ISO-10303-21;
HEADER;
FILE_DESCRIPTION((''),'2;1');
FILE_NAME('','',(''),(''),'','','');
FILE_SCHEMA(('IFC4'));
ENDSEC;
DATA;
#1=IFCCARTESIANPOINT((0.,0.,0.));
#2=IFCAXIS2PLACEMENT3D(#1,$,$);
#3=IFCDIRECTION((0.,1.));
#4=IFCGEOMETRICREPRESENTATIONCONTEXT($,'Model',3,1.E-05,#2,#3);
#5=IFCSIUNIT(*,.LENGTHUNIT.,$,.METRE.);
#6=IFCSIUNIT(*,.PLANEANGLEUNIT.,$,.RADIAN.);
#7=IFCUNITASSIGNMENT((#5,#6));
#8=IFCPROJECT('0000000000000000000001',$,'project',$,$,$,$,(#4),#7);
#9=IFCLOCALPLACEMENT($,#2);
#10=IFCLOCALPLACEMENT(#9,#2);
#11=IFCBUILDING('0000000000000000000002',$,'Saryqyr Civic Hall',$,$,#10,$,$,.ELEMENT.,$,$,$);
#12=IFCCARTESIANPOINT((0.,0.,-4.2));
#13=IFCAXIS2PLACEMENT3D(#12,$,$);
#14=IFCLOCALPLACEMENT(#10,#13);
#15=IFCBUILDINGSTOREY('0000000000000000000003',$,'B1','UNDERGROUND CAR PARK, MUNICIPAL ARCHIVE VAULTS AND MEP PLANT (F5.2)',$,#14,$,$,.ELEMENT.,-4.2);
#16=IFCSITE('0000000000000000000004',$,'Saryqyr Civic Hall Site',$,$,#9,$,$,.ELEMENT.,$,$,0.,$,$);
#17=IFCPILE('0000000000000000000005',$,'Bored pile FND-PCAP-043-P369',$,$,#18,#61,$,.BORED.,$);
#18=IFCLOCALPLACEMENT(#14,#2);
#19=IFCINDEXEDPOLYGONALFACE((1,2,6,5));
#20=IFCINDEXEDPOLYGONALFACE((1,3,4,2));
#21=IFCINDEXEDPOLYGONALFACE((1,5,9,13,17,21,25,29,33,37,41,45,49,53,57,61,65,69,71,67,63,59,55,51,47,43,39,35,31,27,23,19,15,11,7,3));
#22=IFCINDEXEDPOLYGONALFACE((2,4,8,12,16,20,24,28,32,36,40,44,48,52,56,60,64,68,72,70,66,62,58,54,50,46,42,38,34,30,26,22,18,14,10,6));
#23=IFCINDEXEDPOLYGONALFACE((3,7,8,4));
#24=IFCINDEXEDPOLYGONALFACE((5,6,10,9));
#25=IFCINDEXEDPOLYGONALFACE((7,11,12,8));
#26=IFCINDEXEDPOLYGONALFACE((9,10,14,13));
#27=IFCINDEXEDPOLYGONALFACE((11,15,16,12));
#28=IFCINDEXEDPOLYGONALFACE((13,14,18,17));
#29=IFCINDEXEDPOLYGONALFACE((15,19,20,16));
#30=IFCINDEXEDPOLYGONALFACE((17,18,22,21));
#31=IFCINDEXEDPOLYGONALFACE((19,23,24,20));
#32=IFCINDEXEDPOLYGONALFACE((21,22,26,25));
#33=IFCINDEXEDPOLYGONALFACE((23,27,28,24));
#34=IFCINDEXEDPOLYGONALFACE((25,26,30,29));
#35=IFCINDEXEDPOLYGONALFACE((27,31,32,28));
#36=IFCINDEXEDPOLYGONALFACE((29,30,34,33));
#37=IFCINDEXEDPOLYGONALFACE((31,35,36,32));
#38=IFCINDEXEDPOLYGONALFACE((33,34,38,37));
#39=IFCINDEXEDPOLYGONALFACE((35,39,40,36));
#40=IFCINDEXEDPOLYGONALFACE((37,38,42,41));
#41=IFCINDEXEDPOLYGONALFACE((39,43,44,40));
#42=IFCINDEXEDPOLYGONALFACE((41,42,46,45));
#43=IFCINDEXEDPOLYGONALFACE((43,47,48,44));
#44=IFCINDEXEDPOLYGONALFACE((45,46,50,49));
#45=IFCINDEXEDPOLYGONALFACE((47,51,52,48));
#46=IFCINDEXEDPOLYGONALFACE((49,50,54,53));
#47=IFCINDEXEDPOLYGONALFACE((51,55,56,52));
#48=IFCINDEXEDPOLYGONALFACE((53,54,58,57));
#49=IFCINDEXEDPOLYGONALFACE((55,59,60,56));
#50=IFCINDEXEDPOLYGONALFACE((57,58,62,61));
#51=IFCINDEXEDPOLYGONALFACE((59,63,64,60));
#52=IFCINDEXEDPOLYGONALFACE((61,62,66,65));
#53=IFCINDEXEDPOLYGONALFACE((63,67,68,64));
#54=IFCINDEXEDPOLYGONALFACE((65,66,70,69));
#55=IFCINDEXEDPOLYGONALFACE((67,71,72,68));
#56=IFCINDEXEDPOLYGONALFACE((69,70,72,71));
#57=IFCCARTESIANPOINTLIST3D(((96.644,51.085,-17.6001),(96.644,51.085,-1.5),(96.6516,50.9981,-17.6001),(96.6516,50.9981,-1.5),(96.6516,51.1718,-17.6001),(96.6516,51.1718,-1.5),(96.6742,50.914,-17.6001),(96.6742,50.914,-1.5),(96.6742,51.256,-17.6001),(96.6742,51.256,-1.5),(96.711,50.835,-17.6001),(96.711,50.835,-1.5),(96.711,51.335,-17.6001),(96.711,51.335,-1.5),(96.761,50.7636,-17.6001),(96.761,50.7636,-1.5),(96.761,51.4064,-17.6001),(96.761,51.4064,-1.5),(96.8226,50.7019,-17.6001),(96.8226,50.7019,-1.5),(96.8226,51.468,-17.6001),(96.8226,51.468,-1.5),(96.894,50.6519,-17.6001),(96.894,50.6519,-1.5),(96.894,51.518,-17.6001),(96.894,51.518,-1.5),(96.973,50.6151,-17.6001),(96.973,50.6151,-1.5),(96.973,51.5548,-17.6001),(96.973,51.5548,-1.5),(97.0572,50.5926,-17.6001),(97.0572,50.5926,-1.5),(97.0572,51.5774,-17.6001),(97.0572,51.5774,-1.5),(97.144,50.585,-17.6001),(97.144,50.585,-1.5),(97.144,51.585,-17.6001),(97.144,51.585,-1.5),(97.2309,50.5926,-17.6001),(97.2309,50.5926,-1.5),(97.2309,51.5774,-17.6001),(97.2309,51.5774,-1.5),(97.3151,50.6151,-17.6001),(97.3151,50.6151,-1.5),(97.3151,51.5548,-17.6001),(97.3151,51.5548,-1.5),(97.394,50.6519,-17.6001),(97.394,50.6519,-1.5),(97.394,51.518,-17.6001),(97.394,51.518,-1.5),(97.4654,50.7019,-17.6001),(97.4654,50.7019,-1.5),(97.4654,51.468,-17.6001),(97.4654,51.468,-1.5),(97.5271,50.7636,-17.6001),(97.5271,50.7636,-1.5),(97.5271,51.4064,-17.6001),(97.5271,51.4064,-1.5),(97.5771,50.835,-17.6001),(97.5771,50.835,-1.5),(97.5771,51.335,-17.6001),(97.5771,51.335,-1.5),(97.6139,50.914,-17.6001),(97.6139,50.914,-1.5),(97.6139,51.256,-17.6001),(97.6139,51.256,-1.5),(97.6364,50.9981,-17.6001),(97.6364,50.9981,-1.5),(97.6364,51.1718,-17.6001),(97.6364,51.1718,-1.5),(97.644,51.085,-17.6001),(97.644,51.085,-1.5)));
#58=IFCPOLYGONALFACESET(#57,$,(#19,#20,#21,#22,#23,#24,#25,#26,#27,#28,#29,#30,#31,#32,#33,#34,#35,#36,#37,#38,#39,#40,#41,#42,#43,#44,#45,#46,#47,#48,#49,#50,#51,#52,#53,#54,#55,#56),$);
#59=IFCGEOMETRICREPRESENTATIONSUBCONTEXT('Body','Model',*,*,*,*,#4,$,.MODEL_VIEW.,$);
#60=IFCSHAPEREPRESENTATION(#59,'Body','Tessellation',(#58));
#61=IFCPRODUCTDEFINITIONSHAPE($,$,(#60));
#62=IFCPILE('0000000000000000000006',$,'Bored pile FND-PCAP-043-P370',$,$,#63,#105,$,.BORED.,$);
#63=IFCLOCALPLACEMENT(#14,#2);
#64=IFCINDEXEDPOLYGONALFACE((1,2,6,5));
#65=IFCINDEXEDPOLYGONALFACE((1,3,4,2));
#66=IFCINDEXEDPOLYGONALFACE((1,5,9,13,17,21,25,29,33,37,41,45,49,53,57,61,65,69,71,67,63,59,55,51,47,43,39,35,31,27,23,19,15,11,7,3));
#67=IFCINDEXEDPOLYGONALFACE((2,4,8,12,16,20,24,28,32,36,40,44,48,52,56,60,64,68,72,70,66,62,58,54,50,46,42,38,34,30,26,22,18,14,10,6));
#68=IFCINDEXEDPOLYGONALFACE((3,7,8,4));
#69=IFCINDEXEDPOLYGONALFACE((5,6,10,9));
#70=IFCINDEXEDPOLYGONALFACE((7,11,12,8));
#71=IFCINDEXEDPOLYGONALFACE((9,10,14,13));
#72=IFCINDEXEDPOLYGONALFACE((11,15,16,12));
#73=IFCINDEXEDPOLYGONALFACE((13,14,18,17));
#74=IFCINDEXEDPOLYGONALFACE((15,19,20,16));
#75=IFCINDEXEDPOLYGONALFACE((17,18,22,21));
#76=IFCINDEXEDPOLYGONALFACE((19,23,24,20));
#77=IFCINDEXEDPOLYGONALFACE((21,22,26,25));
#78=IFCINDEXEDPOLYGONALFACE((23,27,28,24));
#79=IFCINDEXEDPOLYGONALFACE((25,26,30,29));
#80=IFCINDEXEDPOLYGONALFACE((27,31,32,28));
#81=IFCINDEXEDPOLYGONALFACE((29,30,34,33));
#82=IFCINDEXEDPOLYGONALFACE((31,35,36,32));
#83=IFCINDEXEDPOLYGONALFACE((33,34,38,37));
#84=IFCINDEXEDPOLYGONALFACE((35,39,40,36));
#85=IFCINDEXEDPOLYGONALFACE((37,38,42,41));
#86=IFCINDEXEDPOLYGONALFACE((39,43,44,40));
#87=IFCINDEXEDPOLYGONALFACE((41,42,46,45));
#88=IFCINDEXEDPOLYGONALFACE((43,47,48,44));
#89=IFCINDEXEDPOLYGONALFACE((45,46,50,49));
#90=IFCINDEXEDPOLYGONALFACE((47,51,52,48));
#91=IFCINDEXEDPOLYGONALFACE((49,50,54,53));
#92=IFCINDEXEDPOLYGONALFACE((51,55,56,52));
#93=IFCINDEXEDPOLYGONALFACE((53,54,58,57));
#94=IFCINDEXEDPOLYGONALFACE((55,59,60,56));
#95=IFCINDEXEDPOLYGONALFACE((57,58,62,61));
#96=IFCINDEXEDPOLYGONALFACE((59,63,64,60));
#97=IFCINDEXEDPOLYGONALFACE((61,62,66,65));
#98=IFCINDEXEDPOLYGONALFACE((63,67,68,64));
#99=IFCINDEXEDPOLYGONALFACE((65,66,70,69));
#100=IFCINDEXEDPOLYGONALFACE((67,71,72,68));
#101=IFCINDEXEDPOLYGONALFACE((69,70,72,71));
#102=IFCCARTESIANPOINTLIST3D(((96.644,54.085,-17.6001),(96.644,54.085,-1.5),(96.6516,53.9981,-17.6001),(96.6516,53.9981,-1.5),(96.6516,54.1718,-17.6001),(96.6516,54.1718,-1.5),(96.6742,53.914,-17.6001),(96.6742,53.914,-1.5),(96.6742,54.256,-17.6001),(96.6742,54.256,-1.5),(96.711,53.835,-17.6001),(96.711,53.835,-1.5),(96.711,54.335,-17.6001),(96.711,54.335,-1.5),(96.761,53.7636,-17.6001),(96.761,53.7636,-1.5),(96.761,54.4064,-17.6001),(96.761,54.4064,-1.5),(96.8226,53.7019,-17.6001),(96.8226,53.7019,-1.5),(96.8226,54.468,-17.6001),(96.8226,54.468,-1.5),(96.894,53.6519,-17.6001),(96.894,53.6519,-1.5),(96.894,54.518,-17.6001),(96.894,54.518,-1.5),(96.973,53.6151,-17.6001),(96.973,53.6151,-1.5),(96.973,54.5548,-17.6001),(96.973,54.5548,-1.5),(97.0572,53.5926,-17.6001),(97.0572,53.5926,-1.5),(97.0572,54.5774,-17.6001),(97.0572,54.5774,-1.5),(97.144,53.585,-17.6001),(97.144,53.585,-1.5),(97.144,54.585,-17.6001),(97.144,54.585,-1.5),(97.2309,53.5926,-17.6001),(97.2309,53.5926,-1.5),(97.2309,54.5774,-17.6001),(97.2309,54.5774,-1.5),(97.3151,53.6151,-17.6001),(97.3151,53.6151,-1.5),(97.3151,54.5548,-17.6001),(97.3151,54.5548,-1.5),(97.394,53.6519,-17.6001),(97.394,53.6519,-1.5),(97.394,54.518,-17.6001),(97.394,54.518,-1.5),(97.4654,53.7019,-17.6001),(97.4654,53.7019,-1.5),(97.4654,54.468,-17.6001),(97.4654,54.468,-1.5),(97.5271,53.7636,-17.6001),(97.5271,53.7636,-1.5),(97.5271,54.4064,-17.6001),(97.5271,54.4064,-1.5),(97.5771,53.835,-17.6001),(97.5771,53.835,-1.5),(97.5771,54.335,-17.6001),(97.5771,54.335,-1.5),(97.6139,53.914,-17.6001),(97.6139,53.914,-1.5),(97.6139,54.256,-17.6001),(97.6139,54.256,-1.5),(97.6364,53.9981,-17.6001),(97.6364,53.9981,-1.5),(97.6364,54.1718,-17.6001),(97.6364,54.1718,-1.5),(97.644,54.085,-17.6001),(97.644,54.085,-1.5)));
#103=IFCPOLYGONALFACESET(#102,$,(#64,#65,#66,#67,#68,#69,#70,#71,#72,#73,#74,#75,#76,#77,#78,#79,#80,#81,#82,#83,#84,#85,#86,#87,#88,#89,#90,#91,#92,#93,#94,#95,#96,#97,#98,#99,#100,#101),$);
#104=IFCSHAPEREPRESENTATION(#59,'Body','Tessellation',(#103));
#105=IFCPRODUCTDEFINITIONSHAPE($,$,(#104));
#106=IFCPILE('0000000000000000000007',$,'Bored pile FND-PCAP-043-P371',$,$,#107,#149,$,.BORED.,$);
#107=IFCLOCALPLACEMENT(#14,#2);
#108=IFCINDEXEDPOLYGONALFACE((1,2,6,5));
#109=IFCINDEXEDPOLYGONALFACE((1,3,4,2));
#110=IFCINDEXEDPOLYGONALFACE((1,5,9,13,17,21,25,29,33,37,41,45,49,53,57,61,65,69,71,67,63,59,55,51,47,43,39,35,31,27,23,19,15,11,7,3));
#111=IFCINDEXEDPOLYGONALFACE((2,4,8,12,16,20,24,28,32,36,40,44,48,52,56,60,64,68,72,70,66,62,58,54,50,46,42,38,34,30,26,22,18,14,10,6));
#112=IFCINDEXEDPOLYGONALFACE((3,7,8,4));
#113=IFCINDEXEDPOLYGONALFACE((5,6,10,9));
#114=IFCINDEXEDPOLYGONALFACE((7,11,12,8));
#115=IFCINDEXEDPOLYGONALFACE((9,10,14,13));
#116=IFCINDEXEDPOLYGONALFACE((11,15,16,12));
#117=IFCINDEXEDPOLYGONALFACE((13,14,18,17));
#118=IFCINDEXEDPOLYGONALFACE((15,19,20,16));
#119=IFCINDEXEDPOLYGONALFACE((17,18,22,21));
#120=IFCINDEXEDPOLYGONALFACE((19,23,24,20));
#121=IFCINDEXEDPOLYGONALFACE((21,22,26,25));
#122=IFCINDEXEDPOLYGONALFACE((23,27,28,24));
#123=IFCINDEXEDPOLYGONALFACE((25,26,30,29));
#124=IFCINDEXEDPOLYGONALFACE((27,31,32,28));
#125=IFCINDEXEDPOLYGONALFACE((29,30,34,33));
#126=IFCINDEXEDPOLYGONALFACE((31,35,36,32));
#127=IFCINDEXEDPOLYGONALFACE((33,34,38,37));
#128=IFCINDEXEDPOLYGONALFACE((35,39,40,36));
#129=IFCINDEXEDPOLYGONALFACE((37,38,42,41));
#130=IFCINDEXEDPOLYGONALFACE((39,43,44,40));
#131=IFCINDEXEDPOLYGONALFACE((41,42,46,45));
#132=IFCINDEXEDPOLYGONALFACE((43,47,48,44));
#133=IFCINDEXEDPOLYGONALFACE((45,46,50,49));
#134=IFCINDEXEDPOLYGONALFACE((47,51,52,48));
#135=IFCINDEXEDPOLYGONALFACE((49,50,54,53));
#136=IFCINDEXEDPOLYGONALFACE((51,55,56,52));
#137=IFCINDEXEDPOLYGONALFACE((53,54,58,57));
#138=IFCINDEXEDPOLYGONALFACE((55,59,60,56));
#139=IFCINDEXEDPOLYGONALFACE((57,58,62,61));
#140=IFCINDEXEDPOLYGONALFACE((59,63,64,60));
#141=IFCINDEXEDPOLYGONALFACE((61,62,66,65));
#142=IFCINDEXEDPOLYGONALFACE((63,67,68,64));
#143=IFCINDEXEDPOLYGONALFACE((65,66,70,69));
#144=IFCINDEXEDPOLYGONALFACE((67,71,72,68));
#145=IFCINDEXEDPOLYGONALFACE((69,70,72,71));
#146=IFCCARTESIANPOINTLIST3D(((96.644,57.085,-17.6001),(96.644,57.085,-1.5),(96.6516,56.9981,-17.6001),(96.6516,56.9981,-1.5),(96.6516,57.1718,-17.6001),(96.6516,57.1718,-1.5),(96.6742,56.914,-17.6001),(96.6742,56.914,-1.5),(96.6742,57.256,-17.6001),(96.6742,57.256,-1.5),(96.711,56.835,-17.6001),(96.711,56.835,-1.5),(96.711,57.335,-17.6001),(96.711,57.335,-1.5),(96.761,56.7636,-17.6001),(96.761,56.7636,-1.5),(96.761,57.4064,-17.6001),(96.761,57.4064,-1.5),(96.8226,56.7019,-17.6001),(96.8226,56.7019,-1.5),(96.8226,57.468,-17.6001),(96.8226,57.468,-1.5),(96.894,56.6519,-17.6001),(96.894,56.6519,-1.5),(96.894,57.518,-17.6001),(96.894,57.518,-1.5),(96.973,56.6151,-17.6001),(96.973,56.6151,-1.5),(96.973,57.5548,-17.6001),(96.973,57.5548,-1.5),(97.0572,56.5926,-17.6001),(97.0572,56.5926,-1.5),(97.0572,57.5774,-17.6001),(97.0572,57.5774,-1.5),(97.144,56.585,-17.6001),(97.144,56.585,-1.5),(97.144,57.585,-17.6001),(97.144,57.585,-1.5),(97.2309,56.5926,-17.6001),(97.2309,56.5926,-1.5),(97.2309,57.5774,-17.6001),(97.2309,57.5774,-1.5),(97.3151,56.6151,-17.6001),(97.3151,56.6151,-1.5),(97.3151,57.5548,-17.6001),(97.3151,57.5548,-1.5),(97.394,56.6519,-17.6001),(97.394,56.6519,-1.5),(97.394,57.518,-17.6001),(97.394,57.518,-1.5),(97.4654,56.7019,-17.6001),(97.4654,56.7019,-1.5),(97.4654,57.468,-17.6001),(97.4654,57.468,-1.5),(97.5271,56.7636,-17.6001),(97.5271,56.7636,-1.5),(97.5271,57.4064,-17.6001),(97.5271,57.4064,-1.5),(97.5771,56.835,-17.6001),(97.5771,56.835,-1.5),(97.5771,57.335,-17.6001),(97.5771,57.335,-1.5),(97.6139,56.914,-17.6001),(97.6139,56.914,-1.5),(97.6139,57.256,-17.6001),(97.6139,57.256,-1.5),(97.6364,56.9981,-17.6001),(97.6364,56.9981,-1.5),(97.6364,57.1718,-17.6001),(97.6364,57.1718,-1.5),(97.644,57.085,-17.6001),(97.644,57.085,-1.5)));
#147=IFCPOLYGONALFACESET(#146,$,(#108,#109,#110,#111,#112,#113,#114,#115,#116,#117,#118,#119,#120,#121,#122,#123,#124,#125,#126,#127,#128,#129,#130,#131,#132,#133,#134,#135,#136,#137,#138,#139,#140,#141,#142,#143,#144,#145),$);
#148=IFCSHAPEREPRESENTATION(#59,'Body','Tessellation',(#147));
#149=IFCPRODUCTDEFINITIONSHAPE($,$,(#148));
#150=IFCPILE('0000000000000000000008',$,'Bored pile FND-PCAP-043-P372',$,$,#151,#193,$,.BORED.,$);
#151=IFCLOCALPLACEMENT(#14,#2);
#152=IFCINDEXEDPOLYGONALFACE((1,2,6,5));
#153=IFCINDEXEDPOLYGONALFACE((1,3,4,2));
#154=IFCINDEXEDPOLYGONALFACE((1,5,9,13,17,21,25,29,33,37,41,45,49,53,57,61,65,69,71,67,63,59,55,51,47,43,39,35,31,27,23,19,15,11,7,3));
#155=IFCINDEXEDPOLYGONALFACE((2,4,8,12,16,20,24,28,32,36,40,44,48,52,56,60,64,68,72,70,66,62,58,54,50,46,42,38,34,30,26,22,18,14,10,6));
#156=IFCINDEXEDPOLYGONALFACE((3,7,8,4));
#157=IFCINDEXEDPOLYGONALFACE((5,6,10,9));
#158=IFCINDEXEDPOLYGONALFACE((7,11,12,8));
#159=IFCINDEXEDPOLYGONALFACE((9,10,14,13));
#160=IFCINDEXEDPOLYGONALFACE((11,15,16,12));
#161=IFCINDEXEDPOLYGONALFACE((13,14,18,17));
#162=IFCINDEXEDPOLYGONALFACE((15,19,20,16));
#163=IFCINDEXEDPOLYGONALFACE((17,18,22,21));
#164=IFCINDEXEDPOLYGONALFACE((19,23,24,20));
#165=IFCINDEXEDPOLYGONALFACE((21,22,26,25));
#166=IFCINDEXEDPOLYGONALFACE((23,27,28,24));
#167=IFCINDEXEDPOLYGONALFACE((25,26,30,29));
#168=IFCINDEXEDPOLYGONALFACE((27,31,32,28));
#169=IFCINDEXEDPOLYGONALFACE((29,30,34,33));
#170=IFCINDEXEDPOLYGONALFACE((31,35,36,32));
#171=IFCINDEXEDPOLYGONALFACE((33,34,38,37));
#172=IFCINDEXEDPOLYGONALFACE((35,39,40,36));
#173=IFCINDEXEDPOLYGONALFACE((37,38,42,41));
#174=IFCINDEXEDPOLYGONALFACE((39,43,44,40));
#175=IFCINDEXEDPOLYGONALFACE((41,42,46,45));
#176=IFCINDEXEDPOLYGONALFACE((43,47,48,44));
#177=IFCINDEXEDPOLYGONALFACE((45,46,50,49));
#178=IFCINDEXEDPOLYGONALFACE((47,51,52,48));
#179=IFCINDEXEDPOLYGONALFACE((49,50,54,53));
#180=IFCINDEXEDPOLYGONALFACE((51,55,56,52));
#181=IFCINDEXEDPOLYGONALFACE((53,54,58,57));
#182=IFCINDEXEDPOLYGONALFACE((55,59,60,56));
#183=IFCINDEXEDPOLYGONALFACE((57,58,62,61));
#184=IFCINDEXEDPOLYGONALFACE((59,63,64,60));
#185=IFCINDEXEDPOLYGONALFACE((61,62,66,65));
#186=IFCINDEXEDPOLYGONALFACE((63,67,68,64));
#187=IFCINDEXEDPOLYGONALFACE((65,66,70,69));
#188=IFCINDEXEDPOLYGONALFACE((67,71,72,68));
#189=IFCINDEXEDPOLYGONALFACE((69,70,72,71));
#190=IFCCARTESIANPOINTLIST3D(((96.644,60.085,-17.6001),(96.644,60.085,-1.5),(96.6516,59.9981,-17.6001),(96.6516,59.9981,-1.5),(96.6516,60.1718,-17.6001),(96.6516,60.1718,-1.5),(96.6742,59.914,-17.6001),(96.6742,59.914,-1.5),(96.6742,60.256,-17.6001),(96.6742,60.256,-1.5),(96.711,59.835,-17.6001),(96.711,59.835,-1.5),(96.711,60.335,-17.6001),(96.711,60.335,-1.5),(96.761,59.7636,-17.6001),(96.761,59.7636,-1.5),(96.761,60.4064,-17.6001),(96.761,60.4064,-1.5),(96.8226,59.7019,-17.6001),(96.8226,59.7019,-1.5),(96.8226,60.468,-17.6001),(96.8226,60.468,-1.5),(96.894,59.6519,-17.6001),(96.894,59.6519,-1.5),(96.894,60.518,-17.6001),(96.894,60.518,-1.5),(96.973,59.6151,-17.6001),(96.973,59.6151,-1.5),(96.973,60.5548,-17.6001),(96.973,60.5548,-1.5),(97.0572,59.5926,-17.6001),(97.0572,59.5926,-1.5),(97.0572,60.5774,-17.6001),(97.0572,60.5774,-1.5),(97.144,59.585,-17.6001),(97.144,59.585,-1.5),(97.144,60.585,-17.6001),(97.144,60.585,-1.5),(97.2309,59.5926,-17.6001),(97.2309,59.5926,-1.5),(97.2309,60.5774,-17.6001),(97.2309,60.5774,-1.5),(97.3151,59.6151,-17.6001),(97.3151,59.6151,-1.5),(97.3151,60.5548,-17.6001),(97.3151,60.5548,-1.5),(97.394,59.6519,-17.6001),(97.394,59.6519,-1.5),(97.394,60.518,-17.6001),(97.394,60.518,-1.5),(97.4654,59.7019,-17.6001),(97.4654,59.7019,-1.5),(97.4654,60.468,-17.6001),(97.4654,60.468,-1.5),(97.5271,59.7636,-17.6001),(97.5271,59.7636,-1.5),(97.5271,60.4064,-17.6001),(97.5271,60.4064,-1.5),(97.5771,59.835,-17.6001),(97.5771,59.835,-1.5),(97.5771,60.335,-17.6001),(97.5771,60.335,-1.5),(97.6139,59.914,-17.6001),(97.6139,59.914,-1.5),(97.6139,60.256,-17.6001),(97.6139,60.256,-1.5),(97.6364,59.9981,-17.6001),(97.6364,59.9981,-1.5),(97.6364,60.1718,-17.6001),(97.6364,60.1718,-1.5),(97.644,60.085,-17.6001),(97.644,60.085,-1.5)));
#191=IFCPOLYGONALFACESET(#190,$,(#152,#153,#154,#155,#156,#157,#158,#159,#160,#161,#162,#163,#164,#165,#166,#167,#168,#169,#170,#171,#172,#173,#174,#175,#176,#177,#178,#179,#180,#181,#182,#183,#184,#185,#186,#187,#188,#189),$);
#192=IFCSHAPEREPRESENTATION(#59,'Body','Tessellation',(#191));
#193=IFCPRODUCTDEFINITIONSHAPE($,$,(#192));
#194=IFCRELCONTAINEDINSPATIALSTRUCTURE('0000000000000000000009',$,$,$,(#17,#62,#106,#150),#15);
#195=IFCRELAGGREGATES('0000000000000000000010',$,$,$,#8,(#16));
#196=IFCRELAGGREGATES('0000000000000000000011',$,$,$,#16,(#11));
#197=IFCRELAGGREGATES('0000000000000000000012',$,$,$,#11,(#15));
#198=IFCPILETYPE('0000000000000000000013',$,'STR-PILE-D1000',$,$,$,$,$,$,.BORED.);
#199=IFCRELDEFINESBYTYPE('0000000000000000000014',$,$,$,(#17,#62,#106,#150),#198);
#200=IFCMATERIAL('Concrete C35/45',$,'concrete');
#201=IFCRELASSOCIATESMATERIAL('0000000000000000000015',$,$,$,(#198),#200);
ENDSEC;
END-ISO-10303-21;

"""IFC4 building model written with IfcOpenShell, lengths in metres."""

from ifc_helpers import new_model, si_unit, direction, frame, origin, origin_2d, place, context, subcontext, project, spatial, circle, extrude, material, material_profile, profile_set, type_object, element, save


model = new_model("IFC4")

# Units and contexts
model_context = context("Model", 3, precision=1e-05, world=origin(), true_north=direction((0.0, 1.0)))
body_context = subcontext(model_context, "Body", "Model", "MODEL_VIEW")
ifc_project = project(units=[si_unit("LENGTHUNIT", "METRE"), si_unit("PLANEANGLEUNIT", "RADIAN")], contexts=[model_context])

# Site, building, storey
site_placement = place(None, origin())
site = spatial("IfcSite", under=ifc_project, at=site_placement, Name="Saryqyr Civic Hall Site", CompositionType="ELEMENT", RefElevation=0.0)
building_placement = place(site_placement, origin())
building = spatial("IfcBuilding", under=site, at=building_placement, Name="Saryqyr Civic Hall", CompositionType="ELEMENT")
storey_placement = place(building_placement, frame((0.0, 0.0, -4.2)))
storey = spatial("IfcBuildingStorey", under=building, at=storey_placement, Name="B1", Description="UNDERGROUND CAR PARK, MUNICIPAL ARCHIVE VAULTS AND MEP PLANT (F5.2)", CompositionType="ELEMENT", Elevation=-4.2)

# Piles
ifc_material_1 = material(Name="Concrete C35/45", Category="concrete")
ifc_material_profile_1 = material_profile(ifc_material_1, circle(Radius=0.5, at=origin_2d()), Name="BORED PILE D1000")
ifc_profile_set_1 = profile_set([ifc_material_profile_1], Name="Concrete C35/45")
pile_type = type_object("IfcPileType", Name="STR-PILE-D1000", PredefinedType="BORED", material=ifc_profile_set_1)
for number, where, z_axis, x_axis, name in (
    (1, (97.144, 51.085, -1.5), (0.0, 0.0, -1.0), (1.0, 0.0, 0.0), "Bored pile FND-PCAP-043-P369"),
    (2, (97.144, 54.085, -1.5), (0.0, 0.0, -1.0), (1.0, 0.0, 0.0), "Bored pile FND-PCAP-043-P370"),
    (3, (97.144, 57.085, -1.5), (0.0, 0.0, -1.0), (1.0, 0.0, 0.0), "Bored pile FND-PCAP-043-P371"),
    (4, (97.144, 60.085, -1.5), (0.0, 0.0, -1.0), (1.0, 0.0, 0.0), "Bored pile FND-PCAP-043-P372"),
):
    element("IfcPile", number, at=place(storey_placement, frame(where, z_axis=z_axis, x_axis=x_axis)), inside=storey, type_object=pile_type, Name=name, PredefinedType="BORED", context=body_context, shape_type="SweptSolid", body=[
        extrude(circle(Radius=0.5, at=origin_2d()), origin(), (0.0, 0.0, 1.0), 16.1001),
    ])

save(model, "model.ifc")
